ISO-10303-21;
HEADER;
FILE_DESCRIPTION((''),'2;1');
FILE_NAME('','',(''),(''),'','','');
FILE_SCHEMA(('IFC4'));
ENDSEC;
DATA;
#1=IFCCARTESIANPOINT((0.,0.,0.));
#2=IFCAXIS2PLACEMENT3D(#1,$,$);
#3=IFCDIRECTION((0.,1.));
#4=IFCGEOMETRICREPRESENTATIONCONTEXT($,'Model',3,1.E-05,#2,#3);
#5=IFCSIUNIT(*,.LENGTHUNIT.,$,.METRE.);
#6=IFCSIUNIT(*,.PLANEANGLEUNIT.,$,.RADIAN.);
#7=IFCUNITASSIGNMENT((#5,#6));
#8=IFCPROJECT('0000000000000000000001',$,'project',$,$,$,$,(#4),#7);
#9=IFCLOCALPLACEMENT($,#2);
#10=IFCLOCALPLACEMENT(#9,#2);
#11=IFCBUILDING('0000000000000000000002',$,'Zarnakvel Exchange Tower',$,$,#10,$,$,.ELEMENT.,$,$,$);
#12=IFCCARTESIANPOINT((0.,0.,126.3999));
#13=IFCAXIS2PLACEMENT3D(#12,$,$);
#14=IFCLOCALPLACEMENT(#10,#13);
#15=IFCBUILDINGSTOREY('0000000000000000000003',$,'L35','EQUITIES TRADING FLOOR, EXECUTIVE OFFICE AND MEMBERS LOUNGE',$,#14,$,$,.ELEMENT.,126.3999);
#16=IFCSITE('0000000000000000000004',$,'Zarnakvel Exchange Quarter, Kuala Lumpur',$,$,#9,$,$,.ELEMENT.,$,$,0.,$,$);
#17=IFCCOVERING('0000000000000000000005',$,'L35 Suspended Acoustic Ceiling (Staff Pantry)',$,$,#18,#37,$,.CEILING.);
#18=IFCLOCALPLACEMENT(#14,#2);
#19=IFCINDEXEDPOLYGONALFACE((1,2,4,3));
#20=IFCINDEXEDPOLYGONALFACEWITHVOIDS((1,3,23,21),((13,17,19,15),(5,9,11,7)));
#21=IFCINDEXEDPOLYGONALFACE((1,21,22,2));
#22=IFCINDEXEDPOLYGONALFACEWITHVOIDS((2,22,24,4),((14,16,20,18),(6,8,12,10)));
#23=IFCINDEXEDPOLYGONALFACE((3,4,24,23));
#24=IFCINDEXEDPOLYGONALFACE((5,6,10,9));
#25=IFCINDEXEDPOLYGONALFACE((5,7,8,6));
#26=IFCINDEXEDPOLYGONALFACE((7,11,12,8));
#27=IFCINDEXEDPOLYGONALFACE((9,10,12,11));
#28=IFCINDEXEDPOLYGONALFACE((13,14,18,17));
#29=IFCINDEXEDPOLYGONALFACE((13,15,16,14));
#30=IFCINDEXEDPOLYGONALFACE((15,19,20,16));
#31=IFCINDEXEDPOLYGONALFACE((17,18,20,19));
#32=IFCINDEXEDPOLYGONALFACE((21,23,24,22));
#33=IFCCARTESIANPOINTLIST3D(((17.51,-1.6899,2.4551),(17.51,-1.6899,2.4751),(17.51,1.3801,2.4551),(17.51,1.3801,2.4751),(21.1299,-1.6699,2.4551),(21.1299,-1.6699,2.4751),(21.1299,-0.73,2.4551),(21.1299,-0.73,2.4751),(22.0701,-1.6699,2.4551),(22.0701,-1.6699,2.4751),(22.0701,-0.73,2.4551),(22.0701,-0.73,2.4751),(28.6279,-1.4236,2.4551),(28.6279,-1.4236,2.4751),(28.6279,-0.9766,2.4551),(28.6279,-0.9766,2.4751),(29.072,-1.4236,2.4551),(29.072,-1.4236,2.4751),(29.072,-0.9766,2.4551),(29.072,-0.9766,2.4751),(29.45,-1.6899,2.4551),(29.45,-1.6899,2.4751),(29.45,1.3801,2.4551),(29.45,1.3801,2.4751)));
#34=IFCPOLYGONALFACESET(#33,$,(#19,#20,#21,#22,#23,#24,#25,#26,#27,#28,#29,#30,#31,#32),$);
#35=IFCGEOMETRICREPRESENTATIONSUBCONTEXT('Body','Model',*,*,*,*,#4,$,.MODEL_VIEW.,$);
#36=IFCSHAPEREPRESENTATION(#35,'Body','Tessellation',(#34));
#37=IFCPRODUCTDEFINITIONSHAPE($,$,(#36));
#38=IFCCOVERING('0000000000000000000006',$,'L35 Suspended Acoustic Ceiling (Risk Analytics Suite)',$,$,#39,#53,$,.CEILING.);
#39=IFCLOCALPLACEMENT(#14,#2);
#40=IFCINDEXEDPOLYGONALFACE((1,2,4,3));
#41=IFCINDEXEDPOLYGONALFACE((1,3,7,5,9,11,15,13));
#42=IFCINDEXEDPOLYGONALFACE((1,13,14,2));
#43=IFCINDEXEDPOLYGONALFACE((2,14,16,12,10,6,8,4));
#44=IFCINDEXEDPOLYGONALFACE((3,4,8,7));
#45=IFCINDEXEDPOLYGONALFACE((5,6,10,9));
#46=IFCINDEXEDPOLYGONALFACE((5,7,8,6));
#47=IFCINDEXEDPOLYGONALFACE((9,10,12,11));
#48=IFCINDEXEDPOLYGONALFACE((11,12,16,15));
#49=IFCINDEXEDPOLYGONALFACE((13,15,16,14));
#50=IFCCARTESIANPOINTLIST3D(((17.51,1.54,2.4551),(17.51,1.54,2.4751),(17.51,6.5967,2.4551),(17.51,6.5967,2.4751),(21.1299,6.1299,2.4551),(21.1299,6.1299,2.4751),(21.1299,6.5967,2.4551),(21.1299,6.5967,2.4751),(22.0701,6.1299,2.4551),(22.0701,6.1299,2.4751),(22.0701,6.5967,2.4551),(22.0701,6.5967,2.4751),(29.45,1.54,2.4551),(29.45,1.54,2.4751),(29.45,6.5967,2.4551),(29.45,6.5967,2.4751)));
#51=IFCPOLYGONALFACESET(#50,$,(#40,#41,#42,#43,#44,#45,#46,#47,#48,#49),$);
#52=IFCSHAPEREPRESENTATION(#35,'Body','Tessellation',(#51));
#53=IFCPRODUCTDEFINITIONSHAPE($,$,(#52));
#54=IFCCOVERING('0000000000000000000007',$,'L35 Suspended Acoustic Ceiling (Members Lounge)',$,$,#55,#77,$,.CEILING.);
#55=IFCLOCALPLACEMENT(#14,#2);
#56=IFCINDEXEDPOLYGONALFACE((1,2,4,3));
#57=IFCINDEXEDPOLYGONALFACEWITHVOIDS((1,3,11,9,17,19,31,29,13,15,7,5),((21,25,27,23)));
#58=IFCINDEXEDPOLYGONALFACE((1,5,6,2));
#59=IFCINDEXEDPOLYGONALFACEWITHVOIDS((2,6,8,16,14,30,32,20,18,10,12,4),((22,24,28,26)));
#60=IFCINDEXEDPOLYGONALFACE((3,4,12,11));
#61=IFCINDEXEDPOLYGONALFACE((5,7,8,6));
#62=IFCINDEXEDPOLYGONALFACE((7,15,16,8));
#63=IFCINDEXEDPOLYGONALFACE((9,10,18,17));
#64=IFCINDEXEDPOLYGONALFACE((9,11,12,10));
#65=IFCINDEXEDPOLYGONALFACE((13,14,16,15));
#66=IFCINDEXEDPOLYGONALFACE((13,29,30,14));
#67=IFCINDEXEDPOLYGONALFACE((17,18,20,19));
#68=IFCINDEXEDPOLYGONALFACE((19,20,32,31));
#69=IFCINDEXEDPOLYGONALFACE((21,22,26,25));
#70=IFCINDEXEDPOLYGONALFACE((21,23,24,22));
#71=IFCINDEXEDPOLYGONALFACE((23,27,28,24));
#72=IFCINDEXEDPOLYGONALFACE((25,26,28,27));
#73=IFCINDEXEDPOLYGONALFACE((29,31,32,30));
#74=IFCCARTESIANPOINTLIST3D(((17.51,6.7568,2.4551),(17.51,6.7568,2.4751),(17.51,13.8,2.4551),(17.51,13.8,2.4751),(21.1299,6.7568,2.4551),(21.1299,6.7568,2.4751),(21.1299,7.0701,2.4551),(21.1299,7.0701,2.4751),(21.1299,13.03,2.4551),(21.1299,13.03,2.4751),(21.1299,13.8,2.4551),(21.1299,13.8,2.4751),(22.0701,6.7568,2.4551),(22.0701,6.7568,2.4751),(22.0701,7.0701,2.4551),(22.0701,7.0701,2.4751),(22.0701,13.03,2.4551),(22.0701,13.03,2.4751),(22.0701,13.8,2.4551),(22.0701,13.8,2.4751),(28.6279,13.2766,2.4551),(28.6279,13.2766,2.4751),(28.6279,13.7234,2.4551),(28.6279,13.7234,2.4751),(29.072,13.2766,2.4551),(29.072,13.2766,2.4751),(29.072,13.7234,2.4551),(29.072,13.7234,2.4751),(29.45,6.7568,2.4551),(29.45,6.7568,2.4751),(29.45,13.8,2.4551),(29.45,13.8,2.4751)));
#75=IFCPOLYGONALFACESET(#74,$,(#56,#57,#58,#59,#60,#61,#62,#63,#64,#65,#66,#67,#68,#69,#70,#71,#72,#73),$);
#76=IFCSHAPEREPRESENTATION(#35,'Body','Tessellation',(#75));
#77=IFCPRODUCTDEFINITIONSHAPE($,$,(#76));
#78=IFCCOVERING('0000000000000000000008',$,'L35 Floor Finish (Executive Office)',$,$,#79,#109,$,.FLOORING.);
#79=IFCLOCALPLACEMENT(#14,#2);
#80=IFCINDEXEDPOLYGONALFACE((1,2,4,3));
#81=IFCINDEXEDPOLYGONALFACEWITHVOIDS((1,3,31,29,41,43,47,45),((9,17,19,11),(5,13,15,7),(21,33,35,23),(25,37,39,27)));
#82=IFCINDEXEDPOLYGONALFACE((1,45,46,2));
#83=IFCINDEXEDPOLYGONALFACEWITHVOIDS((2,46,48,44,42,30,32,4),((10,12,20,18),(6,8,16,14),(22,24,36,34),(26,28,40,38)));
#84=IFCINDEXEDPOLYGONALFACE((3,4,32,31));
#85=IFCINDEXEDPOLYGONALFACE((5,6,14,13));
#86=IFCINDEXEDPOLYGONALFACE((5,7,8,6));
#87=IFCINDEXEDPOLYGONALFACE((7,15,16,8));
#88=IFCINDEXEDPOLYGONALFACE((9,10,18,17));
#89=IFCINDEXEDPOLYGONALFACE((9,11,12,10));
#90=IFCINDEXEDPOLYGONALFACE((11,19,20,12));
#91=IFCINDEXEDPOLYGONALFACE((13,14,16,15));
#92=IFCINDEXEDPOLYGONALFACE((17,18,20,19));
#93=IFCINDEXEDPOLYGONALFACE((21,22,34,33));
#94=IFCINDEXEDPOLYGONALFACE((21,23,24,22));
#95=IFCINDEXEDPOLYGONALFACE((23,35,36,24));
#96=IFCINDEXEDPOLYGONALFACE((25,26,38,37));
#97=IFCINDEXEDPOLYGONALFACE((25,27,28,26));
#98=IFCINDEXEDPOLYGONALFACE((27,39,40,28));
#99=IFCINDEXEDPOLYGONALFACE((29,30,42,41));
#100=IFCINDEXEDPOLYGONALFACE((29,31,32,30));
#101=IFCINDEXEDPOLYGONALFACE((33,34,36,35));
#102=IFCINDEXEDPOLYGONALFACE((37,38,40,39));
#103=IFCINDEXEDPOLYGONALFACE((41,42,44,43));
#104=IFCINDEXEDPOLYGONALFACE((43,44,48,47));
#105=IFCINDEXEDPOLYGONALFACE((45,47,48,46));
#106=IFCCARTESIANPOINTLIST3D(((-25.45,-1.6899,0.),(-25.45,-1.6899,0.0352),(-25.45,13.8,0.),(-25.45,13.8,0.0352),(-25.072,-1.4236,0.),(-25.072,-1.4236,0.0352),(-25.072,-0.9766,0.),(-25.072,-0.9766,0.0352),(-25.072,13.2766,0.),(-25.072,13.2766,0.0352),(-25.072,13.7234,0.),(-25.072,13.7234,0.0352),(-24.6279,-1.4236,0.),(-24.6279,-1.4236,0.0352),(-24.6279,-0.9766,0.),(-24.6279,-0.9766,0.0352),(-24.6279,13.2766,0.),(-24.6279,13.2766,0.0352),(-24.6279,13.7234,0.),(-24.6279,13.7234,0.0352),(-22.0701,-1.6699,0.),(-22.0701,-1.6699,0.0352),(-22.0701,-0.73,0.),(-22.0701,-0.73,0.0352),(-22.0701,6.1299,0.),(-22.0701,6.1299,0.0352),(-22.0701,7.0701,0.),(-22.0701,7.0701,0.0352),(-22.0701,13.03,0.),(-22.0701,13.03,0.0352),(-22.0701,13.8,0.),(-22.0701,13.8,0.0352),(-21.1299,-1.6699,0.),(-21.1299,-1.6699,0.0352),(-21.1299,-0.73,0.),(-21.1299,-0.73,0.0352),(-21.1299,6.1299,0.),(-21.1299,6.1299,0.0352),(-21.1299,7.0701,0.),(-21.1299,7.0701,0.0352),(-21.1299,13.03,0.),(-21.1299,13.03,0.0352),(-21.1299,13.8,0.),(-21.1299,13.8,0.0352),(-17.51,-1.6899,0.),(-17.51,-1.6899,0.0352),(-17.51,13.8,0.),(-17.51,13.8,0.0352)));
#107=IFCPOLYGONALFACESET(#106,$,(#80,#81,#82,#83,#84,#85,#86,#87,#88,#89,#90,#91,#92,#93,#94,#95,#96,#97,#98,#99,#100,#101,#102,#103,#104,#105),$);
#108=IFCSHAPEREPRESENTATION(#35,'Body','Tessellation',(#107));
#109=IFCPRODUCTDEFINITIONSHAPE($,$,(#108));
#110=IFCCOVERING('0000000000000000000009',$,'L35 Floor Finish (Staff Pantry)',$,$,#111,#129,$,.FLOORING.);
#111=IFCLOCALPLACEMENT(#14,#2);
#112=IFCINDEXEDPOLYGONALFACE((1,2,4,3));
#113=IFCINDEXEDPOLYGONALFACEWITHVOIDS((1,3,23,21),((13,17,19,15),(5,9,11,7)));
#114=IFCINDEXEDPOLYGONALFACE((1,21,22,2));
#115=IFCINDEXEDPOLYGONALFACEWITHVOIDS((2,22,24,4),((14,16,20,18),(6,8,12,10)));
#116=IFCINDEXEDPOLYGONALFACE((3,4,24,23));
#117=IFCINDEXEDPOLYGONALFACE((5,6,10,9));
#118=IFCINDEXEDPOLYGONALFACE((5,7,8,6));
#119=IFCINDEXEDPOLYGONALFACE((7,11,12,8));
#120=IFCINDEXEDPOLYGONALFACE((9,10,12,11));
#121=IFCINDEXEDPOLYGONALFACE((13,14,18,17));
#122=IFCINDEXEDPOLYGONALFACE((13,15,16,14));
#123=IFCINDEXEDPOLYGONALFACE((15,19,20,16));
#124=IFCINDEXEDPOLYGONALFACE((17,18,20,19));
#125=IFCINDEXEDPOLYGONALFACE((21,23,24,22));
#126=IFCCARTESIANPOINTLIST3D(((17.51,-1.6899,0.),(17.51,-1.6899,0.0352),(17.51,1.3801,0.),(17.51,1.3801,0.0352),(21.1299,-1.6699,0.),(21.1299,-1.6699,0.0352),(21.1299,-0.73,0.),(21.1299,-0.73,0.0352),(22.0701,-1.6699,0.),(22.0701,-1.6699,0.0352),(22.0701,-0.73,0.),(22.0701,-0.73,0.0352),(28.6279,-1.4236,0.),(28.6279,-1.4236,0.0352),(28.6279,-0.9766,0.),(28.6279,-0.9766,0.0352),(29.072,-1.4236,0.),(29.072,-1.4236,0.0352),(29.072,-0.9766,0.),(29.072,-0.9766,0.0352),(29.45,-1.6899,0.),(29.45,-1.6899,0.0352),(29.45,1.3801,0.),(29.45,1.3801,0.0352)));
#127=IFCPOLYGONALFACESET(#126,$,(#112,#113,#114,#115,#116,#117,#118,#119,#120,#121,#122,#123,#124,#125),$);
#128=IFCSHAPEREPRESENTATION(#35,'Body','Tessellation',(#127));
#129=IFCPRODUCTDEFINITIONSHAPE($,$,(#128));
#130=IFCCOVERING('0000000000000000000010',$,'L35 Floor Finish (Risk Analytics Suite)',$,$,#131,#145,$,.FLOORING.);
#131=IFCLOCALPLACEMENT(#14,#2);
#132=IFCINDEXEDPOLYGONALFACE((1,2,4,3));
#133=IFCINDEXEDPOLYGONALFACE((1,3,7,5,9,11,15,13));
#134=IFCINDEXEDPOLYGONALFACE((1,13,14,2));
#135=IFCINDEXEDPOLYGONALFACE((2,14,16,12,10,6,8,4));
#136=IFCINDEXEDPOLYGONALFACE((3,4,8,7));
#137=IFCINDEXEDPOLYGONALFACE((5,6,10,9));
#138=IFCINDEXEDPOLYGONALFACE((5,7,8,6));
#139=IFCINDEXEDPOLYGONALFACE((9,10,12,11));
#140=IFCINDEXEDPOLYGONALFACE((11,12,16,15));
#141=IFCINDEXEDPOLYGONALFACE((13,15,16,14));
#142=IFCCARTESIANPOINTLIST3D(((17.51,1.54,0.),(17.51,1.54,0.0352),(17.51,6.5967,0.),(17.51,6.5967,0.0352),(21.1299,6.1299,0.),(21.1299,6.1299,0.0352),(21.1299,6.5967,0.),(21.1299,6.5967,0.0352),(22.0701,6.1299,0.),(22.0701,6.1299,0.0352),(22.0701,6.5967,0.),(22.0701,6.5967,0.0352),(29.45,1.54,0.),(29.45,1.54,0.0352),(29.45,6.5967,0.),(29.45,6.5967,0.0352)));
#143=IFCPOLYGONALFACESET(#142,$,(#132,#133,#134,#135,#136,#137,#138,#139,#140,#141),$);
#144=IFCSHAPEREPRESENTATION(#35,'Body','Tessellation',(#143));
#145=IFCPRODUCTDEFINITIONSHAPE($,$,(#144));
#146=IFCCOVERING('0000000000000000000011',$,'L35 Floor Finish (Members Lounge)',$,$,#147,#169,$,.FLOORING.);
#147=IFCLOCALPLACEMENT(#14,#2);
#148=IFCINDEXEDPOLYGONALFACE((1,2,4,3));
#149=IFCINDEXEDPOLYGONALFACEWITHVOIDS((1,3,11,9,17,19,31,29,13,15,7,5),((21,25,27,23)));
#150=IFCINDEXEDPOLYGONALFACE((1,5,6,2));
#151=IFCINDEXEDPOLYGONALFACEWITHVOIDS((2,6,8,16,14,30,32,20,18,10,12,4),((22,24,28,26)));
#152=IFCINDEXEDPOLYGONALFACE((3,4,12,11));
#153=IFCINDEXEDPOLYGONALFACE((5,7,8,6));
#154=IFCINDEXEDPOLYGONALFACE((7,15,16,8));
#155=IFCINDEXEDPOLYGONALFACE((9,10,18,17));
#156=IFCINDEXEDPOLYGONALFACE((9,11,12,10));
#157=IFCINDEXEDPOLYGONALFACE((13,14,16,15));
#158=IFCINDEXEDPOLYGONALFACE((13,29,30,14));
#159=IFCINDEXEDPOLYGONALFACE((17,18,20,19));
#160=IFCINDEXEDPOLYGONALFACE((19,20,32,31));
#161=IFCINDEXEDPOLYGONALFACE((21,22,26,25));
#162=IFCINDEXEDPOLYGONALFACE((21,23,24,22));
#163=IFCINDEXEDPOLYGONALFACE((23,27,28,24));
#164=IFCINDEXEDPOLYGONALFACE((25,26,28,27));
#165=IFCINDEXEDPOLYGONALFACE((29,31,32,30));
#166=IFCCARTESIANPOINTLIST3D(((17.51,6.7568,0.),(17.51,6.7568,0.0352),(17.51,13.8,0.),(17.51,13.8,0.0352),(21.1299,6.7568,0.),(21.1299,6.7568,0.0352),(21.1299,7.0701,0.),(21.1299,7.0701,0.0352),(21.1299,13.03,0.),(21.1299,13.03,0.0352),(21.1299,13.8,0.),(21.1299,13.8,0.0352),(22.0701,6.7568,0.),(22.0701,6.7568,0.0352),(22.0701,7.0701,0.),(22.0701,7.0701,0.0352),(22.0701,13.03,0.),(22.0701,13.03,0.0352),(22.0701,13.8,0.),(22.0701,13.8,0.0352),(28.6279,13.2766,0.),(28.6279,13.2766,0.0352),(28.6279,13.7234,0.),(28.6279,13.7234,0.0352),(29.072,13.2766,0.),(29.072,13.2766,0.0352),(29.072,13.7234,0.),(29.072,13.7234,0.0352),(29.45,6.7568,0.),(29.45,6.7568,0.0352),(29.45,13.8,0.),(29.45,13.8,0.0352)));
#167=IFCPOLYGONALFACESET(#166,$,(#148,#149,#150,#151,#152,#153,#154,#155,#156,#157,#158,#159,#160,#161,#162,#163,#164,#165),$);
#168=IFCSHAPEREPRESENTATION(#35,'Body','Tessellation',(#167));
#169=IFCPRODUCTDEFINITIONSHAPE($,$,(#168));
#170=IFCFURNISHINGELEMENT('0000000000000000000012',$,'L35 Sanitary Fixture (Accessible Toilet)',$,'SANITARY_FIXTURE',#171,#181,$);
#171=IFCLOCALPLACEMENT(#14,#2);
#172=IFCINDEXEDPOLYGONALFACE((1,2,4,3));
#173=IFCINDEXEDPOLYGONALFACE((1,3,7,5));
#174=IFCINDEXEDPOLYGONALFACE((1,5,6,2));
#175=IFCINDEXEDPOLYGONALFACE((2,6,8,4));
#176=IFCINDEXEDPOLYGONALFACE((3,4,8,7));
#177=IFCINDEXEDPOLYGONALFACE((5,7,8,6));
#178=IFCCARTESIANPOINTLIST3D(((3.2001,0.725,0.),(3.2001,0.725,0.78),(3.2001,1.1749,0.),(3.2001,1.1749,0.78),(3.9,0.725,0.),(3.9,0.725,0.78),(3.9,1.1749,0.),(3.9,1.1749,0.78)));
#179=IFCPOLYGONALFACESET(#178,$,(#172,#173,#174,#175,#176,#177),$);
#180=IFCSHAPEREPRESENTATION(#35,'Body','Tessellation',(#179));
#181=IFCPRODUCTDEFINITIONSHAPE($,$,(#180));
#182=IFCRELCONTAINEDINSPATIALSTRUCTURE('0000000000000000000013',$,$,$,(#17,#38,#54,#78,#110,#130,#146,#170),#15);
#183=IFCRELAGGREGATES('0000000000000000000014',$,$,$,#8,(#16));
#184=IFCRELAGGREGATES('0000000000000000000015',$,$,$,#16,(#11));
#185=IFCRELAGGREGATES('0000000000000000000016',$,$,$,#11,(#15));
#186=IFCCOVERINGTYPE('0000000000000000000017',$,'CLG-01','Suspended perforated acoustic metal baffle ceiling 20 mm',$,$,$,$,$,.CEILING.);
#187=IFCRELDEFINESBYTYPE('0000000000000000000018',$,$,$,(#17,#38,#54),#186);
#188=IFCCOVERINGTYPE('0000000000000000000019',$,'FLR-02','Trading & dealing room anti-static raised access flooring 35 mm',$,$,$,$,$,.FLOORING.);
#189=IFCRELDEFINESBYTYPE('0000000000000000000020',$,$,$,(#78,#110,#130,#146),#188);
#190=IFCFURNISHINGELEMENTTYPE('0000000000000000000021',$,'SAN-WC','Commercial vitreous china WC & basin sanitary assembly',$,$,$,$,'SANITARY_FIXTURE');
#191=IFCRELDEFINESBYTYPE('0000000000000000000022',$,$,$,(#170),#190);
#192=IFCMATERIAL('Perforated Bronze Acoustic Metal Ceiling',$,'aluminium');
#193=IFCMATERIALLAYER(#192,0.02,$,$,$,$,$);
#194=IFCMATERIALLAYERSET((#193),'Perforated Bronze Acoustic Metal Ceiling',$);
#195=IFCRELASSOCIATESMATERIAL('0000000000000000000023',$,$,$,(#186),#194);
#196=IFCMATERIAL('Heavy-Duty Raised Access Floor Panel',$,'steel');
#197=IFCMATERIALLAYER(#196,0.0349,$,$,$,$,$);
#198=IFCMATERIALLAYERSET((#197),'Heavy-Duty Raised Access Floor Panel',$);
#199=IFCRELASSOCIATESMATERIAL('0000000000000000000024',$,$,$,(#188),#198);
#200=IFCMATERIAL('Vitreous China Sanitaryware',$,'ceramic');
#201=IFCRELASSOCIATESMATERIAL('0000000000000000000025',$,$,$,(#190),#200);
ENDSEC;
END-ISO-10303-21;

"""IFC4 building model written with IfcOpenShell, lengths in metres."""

from ifc_helpers import new_model, si_unit, direction, frame, origin, origin_2d, place, context, subcontext, project, spatial, polyline, rectangle, outline, extrude, source, transform, mapped, material, layer, layer_set, type_object, element, save


model = new_model("IFC4")

# Units and contexts
model_context = context("Model", 3, precision=1e-05, world=origin(), true_north=direction((0.0, 1.0)))
body_context = subcontext(model_context, "Body", "Model", "MODEL_VIEW")
ifc_project = project(units=[si_unit("LENGTHUNIT", "METRE"), si_unit("PLANEANGLEUNIT", "RADIAN")], contexts=[model_context])

# Site, building, storey
site_placement = place(None, origin())
site = spatial("IfcSite", under=ifc_project, at=site_placement, Name="Zarnakvel Exchange Quarter, Kuala Lumpur", CompositionType="ELEMENT", RefElevation=0.0)
building_placement = place(site_placement, origin())
building = spatial("IfcBuilding", under=site, at=building_placement, Name="Zarnakvel Exchange Tower", CompositionType="ELEMENT")
storey_placement = place(building_placement, frame((0.0, 0.0, 126.3999)))
storey = spatial("IfcBuildingStorey", under=building, at=storey_placement, Name="L35", Description="EQUITIES TRADING FLOOR, EXECUTIVE OFFICE AND MEMBERS LOUNGE", CompositionType="ELEMENT", Elevation=126.3999)

# Coverings
ifc_material_1 = material(Name="Perforated Bronze Acoustic Metal Ceiling", Category="aluminium")
ifc_layer_1 = layer(ifc_material_1, 0.02)
ifc_layer_set_1 = layer_set([ifc_layer_1], Name="Perforated Bronze Acoustic Metal Ceiling")
covering_type_1 = type_object("IfcCoveringType", Name="CLG-01", Description="Suspended perforated acoustic metal baffle ceiling 20 mm", PredefinedType="CEILING", material=ifc_layer_set_1)
covering_1_placement = place(storey_placement, frame((0.0, 0.0, 2.4551)))
element("IfcCovering", 1, at=covering_1_placement, inside=storey, type_object=covering_type_1, Name="L35 Suspended Acoustic Ceiling (Staff Pantry)", PredefinedType="CEILING", context=body_context, shape_type="SweptSolid", body=[
    extrude(outline(polyline([(17.51, 1.3801), (29.45, 1.3801), (29.45, -1.6899), (17.51, -1.6899), (17.51, 1.3801)]), holes=[polyline([(28.6279, -1.4236), (29.072, -1.4236), (29.072, -0.9766), (28.6279, -0.9766), (28.6279, -1.4236)]), polyline([(22.0701, -1.6699), (22.0701, -0.73), (21.1299, -0.73), (21.1299, -1.6699), (22.0701, -1.6699)])]), origin(), (0.0, 0.0, 1.0), 0.02),
])
covering_2_placement = place(storey_placement, frame((0.0, 0.0, 2.4551)))
element("IfcCovering", 2, at=covering_2_placement, inside=storey, type_object=covering_type_1, Name="L35 Suspended Acoustic Ceiling (Risk Analytics Suite)", PredefinedType="CEILING", context=body_context, shape_type="SweptSolid", body=[
    extrude(outline(polyline([(17.51, 6.5967), (21.1299, 6.5967), (21.1299, 6.1299), (22.0701, 6.1299), (22.0701, 6.5967), (29.45, 6.5967), (29.45, 1.54), (17.51, 1.54), (17.51, 6.5967)])), origin(), (0.0, 0.0, 1.0), 0.02),
])
covering_3_placement = place(storey_placement, frame((0.0, 0.0, 2.4551)))
element("IfcCovering", 3, at=covering_3_placement, inside=storey, type_object=covering_type_1, Name="L35 Suspended Acoustic Ceiling (Members Lounge)", PredefinedType="CEILING", context=body_context, shape_type="SweptSolid", body=[
    extrude(outline(polyline([(17.51, 13.8), (21.1299, 13.8), (21.1299, 13.03), (22.0701, 13.03), (22.0701, 13.8), (29.45, 13.8), (29.45, 6.7568), (22.0701, 6.7568), (22.0701, 7.0701), (21.1299, 7.0701), (21.1299, 6.7568), (17.51, 6.7568), (17.51, 13.8)]), holes=[polyline([(28.6279, 13.2766), (29.072, 13.2766), (29.072, 13.7234), (28.6279, 13.7234), (28.6279, 13.2766)])]), origin(), (0.0, 0.0, 1.0), 0.02),
])
ifc_material_2 = material(Name="Heavy-Duty Raised Access Floor Panel", Category="steel")
ifc_layer_2 = layer(ifc_material_2, 0.0349)
ifc_layer_set_2 = layer_set([ifc_layer_2], Name="Heavy-Duty Raised Access Floor Panel")
covering_type_2 = type_object("IfcCoveringType", Name="FLR-02", Description="Trading & dealing room anti-static raised access flooring 35 mm", PredefinedType="FLOORING", material=ifc_layer_set_2)
covering_4_placement = place(storey_placement, origin())
element("IfcCovering", 4, at=covering_4_placement, inside=storey, type_object=covering_type_2, Name="L35 Floor Finish (Executive Office)", PredefinedType="FLOORING", context=body_context, shape_type="SweptSolid", body=[
    extrude(outline(polyline([(-25.45, 13.8), (-22.0701, 13.8), (-22.0701, 13.03), (-21.1299, 13.03), (-21.1299, 13.8), (-17.51, 13.8), (-17.51, -1.6899), (-25.45, -1.6899), (-25.45, 13.8)]), holes=[polyline([(-21.1299, 6.1299), (-21.1299, 7.0701), (-22.0701, 7.0701), (-22.0701, 6.1299), (-21.1299, 6.1299)]), polyline([(-21.1299, -1.6699), (-21.1299, -0.73), (-22.0701, -0.73), (-22.0701, -1.6699), (-21.1299, -1.6699)]), polyline([(-24.6279, 13.2766), (-24.6279, 13.7234), (-25.072, 13.7234), (-25.072, 13.2766), (-24.6279, 13.2766)]), polyline([(-24.6279, -1.4236), (-24.6279, -0.9766), (-25.072, -0.9766), (-25.072, -1.4236), (-24.6279, -1.4236)])]), origin(), (0.0, 0.0, 1.0), 0.0352),
])
covering_5_placement = place(storey_placement, origin())
element("IfcCovering", 5, at=covering_5_placement, inside=storey, type_object=covering_type_2, Name="L35 Floor Finish (Staff Pantry)", PredefinedType="FLOORING", context=body_context, shape_type="SweptSolid", body=[
    extrude(outline(polyline([(17.51, 1.3801), (29.45, 1.3801), (29.45, -1.6899), (17.51, -1.6899), (17.51, 1.3801)]), holes=[polyline([(28.6279, -1.4236), (29.072, -1.4236), (29.072, -0.9766), (28.6279, -0.9766), (28.6279, -1.4236)]), polyline([(22.0701, -1.6699), (22.0701, -0.73), (21.1299, -0.73), (21.1299, -1.6699), (22.0701, -1.6699)])]), origin(), (0.0, 0.0, 1.0), 0.0352),
])
covering_6_placement = place(storey_placement, origin())
element("IfcCovering", 6, at=covering_6_placement, inside=storey, type_object=covering_type_2, Name="L35 Floor Finish (Risk Analytics Suite)", PredefinedType="FLOORING", context=body_context, shape_type="SweptSolid", body=[
    extrude(outline(polyline([(17.51, 6.5967), (21.1299, 6.5967), (21.1299, 6.1299), (22.0701, 6.1299), (22.0701, 6.5967), (29.45, 6.5967), (29.45, 1.54), (17.51, 1.54), (17.51, 6.5967)])), origin(), (0.0, 0.0, 1.0), 0.0352),
])
covering_7_placement = place(storey_placement, origin())
element("IfcCovering", 7, at=covering_7_placement, inside=storey, type_object=covering_type_2, Name="L35 Floor Finish (Members Lounge)", PredefinedType="FLOORING", context=body_context, shape_type="SweptSolid", body=[
    extrude(outline(polyline([(17.51, 13.8), (21.1299, 13.8), (21.1299, 13.03), (22.0701, 13.03), (22.0701, 13.8), (29.45, 13.8), (29.45, 6.7568), (22.0701, 6.7568), (22.0701, 7.0701), (21.1299, 7.0701), (21.1299, 6.7568), (17.51, 6.7568), (17.51, 13.8)]), holes=[polyline([(28.6279, 13.2766), (29.072, 13.2766), (29.072, 13.7234), (28.6279, 13.7234), (28.6279, 13.2766)])]), origin(), (0.0, 0.0, 1.0), 0.0352),
])

# Furnishing element
ifc_material_3 = material(Name="Vitreous China Sanitaryware", Category="ceramic")
furnishing_element_type = type_object("IfcFurnishingElementType", Name="SAN-WC", Description="Commercial vitreous china WC & basin sanitary assembly", ElementType="SANITARY_FIXTURE", material=ifc_material_3)
shared_shape_1 = source(origin(), body_context, "Body", "SweptSolid", [
    extrude(rectangle(XDim=0.7, YDim=0.45, at=origin_2d()), origin(), (0.0, 0.0, 1.0), 0.78),
])
furnishing_placement = place(storey_placement, frame((3.55, 0.95, 0.0), z_axis=(0.0, 0.0, 1.0), x_axis=(1.0, 0.0, 0.0)))
element("IfcFurnishingElement", 8, at=furnishing_placement, inside=storey, type_object=furnishing_element_type, Name="L35 Sanitary Fixture (Accessible Toilet)", ObjectType="SANITARY_FIXTURE", context=body_context, shape_type="MappedRepresentation", body=[
    mapped(shared_shape_1, transform((0.0, 0.0, 0.0), x_axis=(1.0, 0.0, 0.0), y_axis=(0.0, 1.0, 0.0), z_axis=(0.0, 0.0, 1.0), scale=1.0)),
])

save(model, "model.ifc")
